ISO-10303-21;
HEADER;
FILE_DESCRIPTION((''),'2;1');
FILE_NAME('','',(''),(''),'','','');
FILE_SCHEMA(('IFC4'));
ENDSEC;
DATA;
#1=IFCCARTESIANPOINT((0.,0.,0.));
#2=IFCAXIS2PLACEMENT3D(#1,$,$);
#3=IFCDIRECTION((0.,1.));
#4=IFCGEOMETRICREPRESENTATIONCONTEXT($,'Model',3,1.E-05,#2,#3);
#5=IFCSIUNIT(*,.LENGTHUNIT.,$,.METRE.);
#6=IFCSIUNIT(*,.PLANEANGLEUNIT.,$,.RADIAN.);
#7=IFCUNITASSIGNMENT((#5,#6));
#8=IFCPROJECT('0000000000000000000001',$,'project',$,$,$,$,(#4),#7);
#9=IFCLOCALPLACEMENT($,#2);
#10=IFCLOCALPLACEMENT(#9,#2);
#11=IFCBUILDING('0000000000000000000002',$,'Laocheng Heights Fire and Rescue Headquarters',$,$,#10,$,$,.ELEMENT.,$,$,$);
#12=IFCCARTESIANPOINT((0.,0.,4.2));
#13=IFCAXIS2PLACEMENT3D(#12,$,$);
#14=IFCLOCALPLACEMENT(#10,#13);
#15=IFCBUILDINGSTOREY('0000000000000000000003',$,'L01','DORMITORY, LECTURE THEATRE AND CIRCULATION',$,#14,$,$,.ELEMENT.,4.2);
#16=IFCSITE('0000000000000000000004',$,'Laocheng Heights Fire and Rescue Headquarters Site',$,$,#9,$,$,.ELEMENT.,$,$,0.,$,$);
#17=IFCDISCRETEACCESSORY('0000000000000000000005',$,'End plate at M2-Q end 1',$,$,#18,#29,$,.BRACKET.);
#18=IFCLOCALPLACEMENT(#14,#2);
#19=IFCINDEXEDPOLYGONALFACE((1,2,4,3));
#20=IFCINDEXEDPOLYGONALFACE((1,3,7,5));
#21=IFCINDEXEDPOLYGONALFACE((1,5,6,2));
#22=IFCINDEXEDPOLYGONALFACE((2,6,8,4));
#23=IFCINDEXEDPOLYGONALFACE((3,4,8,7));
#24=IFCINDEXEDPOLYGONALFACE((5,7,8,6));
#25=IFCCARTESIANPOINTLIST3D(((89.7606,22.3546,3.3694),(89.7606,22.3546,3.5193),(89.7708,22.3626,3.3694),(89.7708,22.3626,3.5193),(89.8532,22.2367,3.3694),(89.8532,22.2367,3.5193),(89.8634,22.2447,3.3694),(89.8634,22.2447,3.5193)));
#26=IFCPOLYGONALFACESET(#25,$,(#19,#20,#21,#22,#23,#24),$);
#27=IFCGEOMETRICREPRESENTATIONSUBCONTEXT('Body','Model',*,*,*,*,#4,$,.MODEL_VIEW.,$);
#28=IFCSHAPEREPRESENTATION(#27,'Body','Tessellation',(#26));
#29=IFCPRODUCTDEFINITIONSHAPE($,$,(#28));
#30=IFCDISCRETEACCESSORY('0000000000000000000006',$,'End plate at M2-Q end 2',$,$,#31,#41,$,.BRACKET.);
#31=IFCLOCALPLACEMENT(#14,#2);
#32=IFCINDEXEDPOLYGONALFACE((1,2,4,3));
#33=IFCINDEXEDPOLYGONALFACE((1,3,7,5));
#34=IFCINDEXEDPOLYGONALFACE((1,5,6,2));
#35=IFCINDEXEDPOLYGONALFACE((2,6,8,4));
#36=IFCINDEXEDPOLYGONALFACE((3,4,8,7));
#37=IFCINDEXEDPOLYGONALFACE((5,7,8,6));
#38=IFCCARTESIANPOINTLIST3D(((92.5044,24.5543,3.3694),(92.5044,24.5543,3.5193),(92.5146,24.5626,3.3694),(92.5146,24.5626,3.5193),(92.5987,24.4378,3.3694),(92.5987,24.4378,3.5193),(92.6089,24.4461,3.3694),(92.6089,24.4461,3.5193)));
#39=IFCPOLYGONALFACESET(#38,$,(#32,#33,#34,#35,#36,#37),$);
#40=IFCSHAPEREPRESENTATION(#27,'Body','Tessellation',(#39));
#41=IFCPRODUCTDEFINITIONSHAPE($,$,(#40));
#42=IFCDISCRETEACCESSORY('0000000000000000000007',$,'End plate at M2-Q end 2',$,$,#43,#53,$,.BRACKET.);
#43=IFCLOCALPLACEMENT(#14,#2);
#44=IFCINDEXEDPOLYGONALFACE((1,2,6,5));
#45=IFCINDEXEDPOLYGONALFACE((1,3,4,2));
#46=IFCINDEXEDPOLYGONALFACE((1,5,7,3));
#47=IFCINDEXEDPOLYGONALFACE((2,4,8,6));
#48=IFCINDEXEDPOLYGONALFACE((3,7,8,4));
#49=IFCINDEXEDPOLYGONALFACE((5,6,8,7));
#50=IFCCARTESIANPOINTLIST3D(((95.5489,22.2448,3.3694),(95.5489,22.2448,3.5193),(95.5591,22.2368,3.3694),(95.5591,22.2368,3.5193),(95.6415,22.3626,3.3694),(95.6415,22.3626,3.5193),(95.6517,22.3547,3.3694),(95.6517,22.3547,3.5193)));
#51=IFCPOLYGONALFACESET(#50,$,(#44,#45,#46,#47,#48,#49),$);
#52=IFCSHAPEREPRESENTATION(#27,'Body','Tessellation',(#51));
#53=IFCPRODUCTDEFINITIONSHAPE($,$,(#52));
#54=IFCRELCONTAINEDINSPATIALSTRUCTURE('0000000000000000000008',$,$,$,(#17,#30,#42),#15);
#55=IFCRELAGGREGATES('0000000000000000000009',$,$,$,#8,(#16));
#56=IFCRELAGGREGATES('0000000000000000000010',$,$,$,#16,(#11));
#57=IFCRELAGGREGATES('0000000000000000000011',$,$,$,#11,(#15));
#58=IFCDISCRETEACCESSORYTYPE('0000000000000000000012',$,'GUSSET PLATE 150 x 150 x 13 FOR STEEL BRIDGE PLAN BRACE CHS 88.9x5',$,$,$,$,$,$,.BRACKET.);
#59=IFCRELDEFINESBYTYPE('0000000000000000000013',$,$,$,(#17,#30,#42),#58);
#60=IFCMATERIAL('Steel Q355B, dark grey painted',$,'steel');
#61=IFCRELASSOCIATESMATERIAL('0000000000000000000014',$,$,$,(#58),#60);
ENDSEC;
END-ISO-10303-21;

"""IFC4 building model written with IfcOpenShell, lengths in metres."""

from ifc_helpers import new_model, si_unit, direction, frame, origin, origin_2d, place, context, subcontext, project, spatial, rectangle, extrude, material, material_profile, profile_set, type_object, element, save


model = new_model("IFC4")

# Units and contexts
model_context = context("Model", 3, precision=1e-05, world=origin(), true_north=direction((0.0, 1.0)))
body_context = subcontext(model_context, "Body", "Model", "MODEL_VIEW")
ifc_project = project(units=[si_unit("LENGTHUNIT", "METRE"), si_unit("PLANEANGLEUNIT", "RADIAN")], contexts=[model_context])

# Site, building, storey
site_placement = place(None, origin())
site = spatial("IfcSite", under=ifc_project, at=site_placement, Name="Laocheng Heights Fire and Rescue Headquarters Site", CompositionType="ELEMENT", RefElevation=0.0)
building_placement = place(site_placement, origin())
building = spatial("IfcBuilding", under=site, at=building_placement, Name="Laocheng Heights Fire and Rescue Headquarters", CompositionType="ELEMENT")
storey_placement = place(building_placement, frame((0.0, 0.0, 4.2)))
storey = spatial("IfcBuildingStorey", under=building, at=storey_placement, Name="L01", Description="DORMITORY, LECTURE THEATRE AND CIRCULATION", CompositionType="ELEMENT", Elevation=4.2)

# Discrete accessories
ifc_material_1 = material(Name="Steel Q355B, dark grey painted", Category="steel")
ifc_material_profile_1 = material_profile(ifc_material_1, rectangle(XDim=0.1499, YDim=0.1499, at=origin_2d()), Name="GUSSET PLATE 150 x 150 x 13 FOR STEEL BRIDGE PLAN BRACE CHS 88.9x5")
ifc_profile_set_1 = profile_set([ifc_material_profile_1], Name="Steel Q355B, dark grey painted")
discrete_accessory_type_1 = type_object("IfcDiscreteAccessoryType", Name="GUSSET PLATE 150 x 150 x 13 FOR STEEL BRIDGE PLAN BRACE CHS 88.9x5", PredefinedType="BRACKET", material=ifc_profile_set_1)
for number, where, z_axis, x_axis, name in (
    (1, (89.8069, 22.2957, 3.4443), (0.786318, 0.617822, 0.0), (-0.617822, 0.786318, 0.0), "End plate at M2-Q end 1"),
):
    element("IfcDiscreteAccessory", number, at=place(storey_placement, frame(where, z_axis=z_axis, x_axis=x_axis)), inside=storey, type_object=discrete_accessory_type_1, Name=name, PredefinedType="BRACKET", context=body_context, shape_type="SweptSolid", body=[
        extrude(rectangle(XDim=0.1499, YDim=0.1499, at=origin_2d()), origin(), (0.0, 0.0, 1.0), 0.0129),
    ])
discrete_accessory_1_placement = place(storey_placement, frame((92.5515, 24.4961, 3.4443), z_axis=(0.777245, 0.629198, 0.0), x_axis=(-0.629198, 0.777245, 0.0)))
element("IfcDiscreteAccessory", 2, at=discrete_accessory_1_placement, inside=storey, type_object=discrete_accessory_type_1, Name="End plate at M2-Q end 2", PredefinedType="BRACKET", context=body_context, shape_type="SweptSolid", body=[
    extrude(rectangle(XDim=0.1499, YDim=0.1499, at=origin_2d()), origin(), (0.0, 0.0, 1.0), 0.0132),
])
discrete_accessory_2_placement = place(storey_placement, frame((95.5952, 22.3037, 3.4443), z_axis=(0.786318, -0.617822, 0.0), x_axis=(0.617822, 0.786318, 0.0)))
element("IfcDiscreteAccessory", 3, at=discrete_accessory_2_placement, inside=storey, type_object=discrete_accessory_type_1, Name="End plate at M2-Q end 2", PredefinedType="BRACKET", context=body_context, shape_type="SweptSolid", body=[
    extrude(rectangle(XDim=0.1499, YDim=0.1499, at=origin_2d()), origin(), (0.0, 0.0, 1.0), 0.0129),
])

save(model, "model.ifc")
